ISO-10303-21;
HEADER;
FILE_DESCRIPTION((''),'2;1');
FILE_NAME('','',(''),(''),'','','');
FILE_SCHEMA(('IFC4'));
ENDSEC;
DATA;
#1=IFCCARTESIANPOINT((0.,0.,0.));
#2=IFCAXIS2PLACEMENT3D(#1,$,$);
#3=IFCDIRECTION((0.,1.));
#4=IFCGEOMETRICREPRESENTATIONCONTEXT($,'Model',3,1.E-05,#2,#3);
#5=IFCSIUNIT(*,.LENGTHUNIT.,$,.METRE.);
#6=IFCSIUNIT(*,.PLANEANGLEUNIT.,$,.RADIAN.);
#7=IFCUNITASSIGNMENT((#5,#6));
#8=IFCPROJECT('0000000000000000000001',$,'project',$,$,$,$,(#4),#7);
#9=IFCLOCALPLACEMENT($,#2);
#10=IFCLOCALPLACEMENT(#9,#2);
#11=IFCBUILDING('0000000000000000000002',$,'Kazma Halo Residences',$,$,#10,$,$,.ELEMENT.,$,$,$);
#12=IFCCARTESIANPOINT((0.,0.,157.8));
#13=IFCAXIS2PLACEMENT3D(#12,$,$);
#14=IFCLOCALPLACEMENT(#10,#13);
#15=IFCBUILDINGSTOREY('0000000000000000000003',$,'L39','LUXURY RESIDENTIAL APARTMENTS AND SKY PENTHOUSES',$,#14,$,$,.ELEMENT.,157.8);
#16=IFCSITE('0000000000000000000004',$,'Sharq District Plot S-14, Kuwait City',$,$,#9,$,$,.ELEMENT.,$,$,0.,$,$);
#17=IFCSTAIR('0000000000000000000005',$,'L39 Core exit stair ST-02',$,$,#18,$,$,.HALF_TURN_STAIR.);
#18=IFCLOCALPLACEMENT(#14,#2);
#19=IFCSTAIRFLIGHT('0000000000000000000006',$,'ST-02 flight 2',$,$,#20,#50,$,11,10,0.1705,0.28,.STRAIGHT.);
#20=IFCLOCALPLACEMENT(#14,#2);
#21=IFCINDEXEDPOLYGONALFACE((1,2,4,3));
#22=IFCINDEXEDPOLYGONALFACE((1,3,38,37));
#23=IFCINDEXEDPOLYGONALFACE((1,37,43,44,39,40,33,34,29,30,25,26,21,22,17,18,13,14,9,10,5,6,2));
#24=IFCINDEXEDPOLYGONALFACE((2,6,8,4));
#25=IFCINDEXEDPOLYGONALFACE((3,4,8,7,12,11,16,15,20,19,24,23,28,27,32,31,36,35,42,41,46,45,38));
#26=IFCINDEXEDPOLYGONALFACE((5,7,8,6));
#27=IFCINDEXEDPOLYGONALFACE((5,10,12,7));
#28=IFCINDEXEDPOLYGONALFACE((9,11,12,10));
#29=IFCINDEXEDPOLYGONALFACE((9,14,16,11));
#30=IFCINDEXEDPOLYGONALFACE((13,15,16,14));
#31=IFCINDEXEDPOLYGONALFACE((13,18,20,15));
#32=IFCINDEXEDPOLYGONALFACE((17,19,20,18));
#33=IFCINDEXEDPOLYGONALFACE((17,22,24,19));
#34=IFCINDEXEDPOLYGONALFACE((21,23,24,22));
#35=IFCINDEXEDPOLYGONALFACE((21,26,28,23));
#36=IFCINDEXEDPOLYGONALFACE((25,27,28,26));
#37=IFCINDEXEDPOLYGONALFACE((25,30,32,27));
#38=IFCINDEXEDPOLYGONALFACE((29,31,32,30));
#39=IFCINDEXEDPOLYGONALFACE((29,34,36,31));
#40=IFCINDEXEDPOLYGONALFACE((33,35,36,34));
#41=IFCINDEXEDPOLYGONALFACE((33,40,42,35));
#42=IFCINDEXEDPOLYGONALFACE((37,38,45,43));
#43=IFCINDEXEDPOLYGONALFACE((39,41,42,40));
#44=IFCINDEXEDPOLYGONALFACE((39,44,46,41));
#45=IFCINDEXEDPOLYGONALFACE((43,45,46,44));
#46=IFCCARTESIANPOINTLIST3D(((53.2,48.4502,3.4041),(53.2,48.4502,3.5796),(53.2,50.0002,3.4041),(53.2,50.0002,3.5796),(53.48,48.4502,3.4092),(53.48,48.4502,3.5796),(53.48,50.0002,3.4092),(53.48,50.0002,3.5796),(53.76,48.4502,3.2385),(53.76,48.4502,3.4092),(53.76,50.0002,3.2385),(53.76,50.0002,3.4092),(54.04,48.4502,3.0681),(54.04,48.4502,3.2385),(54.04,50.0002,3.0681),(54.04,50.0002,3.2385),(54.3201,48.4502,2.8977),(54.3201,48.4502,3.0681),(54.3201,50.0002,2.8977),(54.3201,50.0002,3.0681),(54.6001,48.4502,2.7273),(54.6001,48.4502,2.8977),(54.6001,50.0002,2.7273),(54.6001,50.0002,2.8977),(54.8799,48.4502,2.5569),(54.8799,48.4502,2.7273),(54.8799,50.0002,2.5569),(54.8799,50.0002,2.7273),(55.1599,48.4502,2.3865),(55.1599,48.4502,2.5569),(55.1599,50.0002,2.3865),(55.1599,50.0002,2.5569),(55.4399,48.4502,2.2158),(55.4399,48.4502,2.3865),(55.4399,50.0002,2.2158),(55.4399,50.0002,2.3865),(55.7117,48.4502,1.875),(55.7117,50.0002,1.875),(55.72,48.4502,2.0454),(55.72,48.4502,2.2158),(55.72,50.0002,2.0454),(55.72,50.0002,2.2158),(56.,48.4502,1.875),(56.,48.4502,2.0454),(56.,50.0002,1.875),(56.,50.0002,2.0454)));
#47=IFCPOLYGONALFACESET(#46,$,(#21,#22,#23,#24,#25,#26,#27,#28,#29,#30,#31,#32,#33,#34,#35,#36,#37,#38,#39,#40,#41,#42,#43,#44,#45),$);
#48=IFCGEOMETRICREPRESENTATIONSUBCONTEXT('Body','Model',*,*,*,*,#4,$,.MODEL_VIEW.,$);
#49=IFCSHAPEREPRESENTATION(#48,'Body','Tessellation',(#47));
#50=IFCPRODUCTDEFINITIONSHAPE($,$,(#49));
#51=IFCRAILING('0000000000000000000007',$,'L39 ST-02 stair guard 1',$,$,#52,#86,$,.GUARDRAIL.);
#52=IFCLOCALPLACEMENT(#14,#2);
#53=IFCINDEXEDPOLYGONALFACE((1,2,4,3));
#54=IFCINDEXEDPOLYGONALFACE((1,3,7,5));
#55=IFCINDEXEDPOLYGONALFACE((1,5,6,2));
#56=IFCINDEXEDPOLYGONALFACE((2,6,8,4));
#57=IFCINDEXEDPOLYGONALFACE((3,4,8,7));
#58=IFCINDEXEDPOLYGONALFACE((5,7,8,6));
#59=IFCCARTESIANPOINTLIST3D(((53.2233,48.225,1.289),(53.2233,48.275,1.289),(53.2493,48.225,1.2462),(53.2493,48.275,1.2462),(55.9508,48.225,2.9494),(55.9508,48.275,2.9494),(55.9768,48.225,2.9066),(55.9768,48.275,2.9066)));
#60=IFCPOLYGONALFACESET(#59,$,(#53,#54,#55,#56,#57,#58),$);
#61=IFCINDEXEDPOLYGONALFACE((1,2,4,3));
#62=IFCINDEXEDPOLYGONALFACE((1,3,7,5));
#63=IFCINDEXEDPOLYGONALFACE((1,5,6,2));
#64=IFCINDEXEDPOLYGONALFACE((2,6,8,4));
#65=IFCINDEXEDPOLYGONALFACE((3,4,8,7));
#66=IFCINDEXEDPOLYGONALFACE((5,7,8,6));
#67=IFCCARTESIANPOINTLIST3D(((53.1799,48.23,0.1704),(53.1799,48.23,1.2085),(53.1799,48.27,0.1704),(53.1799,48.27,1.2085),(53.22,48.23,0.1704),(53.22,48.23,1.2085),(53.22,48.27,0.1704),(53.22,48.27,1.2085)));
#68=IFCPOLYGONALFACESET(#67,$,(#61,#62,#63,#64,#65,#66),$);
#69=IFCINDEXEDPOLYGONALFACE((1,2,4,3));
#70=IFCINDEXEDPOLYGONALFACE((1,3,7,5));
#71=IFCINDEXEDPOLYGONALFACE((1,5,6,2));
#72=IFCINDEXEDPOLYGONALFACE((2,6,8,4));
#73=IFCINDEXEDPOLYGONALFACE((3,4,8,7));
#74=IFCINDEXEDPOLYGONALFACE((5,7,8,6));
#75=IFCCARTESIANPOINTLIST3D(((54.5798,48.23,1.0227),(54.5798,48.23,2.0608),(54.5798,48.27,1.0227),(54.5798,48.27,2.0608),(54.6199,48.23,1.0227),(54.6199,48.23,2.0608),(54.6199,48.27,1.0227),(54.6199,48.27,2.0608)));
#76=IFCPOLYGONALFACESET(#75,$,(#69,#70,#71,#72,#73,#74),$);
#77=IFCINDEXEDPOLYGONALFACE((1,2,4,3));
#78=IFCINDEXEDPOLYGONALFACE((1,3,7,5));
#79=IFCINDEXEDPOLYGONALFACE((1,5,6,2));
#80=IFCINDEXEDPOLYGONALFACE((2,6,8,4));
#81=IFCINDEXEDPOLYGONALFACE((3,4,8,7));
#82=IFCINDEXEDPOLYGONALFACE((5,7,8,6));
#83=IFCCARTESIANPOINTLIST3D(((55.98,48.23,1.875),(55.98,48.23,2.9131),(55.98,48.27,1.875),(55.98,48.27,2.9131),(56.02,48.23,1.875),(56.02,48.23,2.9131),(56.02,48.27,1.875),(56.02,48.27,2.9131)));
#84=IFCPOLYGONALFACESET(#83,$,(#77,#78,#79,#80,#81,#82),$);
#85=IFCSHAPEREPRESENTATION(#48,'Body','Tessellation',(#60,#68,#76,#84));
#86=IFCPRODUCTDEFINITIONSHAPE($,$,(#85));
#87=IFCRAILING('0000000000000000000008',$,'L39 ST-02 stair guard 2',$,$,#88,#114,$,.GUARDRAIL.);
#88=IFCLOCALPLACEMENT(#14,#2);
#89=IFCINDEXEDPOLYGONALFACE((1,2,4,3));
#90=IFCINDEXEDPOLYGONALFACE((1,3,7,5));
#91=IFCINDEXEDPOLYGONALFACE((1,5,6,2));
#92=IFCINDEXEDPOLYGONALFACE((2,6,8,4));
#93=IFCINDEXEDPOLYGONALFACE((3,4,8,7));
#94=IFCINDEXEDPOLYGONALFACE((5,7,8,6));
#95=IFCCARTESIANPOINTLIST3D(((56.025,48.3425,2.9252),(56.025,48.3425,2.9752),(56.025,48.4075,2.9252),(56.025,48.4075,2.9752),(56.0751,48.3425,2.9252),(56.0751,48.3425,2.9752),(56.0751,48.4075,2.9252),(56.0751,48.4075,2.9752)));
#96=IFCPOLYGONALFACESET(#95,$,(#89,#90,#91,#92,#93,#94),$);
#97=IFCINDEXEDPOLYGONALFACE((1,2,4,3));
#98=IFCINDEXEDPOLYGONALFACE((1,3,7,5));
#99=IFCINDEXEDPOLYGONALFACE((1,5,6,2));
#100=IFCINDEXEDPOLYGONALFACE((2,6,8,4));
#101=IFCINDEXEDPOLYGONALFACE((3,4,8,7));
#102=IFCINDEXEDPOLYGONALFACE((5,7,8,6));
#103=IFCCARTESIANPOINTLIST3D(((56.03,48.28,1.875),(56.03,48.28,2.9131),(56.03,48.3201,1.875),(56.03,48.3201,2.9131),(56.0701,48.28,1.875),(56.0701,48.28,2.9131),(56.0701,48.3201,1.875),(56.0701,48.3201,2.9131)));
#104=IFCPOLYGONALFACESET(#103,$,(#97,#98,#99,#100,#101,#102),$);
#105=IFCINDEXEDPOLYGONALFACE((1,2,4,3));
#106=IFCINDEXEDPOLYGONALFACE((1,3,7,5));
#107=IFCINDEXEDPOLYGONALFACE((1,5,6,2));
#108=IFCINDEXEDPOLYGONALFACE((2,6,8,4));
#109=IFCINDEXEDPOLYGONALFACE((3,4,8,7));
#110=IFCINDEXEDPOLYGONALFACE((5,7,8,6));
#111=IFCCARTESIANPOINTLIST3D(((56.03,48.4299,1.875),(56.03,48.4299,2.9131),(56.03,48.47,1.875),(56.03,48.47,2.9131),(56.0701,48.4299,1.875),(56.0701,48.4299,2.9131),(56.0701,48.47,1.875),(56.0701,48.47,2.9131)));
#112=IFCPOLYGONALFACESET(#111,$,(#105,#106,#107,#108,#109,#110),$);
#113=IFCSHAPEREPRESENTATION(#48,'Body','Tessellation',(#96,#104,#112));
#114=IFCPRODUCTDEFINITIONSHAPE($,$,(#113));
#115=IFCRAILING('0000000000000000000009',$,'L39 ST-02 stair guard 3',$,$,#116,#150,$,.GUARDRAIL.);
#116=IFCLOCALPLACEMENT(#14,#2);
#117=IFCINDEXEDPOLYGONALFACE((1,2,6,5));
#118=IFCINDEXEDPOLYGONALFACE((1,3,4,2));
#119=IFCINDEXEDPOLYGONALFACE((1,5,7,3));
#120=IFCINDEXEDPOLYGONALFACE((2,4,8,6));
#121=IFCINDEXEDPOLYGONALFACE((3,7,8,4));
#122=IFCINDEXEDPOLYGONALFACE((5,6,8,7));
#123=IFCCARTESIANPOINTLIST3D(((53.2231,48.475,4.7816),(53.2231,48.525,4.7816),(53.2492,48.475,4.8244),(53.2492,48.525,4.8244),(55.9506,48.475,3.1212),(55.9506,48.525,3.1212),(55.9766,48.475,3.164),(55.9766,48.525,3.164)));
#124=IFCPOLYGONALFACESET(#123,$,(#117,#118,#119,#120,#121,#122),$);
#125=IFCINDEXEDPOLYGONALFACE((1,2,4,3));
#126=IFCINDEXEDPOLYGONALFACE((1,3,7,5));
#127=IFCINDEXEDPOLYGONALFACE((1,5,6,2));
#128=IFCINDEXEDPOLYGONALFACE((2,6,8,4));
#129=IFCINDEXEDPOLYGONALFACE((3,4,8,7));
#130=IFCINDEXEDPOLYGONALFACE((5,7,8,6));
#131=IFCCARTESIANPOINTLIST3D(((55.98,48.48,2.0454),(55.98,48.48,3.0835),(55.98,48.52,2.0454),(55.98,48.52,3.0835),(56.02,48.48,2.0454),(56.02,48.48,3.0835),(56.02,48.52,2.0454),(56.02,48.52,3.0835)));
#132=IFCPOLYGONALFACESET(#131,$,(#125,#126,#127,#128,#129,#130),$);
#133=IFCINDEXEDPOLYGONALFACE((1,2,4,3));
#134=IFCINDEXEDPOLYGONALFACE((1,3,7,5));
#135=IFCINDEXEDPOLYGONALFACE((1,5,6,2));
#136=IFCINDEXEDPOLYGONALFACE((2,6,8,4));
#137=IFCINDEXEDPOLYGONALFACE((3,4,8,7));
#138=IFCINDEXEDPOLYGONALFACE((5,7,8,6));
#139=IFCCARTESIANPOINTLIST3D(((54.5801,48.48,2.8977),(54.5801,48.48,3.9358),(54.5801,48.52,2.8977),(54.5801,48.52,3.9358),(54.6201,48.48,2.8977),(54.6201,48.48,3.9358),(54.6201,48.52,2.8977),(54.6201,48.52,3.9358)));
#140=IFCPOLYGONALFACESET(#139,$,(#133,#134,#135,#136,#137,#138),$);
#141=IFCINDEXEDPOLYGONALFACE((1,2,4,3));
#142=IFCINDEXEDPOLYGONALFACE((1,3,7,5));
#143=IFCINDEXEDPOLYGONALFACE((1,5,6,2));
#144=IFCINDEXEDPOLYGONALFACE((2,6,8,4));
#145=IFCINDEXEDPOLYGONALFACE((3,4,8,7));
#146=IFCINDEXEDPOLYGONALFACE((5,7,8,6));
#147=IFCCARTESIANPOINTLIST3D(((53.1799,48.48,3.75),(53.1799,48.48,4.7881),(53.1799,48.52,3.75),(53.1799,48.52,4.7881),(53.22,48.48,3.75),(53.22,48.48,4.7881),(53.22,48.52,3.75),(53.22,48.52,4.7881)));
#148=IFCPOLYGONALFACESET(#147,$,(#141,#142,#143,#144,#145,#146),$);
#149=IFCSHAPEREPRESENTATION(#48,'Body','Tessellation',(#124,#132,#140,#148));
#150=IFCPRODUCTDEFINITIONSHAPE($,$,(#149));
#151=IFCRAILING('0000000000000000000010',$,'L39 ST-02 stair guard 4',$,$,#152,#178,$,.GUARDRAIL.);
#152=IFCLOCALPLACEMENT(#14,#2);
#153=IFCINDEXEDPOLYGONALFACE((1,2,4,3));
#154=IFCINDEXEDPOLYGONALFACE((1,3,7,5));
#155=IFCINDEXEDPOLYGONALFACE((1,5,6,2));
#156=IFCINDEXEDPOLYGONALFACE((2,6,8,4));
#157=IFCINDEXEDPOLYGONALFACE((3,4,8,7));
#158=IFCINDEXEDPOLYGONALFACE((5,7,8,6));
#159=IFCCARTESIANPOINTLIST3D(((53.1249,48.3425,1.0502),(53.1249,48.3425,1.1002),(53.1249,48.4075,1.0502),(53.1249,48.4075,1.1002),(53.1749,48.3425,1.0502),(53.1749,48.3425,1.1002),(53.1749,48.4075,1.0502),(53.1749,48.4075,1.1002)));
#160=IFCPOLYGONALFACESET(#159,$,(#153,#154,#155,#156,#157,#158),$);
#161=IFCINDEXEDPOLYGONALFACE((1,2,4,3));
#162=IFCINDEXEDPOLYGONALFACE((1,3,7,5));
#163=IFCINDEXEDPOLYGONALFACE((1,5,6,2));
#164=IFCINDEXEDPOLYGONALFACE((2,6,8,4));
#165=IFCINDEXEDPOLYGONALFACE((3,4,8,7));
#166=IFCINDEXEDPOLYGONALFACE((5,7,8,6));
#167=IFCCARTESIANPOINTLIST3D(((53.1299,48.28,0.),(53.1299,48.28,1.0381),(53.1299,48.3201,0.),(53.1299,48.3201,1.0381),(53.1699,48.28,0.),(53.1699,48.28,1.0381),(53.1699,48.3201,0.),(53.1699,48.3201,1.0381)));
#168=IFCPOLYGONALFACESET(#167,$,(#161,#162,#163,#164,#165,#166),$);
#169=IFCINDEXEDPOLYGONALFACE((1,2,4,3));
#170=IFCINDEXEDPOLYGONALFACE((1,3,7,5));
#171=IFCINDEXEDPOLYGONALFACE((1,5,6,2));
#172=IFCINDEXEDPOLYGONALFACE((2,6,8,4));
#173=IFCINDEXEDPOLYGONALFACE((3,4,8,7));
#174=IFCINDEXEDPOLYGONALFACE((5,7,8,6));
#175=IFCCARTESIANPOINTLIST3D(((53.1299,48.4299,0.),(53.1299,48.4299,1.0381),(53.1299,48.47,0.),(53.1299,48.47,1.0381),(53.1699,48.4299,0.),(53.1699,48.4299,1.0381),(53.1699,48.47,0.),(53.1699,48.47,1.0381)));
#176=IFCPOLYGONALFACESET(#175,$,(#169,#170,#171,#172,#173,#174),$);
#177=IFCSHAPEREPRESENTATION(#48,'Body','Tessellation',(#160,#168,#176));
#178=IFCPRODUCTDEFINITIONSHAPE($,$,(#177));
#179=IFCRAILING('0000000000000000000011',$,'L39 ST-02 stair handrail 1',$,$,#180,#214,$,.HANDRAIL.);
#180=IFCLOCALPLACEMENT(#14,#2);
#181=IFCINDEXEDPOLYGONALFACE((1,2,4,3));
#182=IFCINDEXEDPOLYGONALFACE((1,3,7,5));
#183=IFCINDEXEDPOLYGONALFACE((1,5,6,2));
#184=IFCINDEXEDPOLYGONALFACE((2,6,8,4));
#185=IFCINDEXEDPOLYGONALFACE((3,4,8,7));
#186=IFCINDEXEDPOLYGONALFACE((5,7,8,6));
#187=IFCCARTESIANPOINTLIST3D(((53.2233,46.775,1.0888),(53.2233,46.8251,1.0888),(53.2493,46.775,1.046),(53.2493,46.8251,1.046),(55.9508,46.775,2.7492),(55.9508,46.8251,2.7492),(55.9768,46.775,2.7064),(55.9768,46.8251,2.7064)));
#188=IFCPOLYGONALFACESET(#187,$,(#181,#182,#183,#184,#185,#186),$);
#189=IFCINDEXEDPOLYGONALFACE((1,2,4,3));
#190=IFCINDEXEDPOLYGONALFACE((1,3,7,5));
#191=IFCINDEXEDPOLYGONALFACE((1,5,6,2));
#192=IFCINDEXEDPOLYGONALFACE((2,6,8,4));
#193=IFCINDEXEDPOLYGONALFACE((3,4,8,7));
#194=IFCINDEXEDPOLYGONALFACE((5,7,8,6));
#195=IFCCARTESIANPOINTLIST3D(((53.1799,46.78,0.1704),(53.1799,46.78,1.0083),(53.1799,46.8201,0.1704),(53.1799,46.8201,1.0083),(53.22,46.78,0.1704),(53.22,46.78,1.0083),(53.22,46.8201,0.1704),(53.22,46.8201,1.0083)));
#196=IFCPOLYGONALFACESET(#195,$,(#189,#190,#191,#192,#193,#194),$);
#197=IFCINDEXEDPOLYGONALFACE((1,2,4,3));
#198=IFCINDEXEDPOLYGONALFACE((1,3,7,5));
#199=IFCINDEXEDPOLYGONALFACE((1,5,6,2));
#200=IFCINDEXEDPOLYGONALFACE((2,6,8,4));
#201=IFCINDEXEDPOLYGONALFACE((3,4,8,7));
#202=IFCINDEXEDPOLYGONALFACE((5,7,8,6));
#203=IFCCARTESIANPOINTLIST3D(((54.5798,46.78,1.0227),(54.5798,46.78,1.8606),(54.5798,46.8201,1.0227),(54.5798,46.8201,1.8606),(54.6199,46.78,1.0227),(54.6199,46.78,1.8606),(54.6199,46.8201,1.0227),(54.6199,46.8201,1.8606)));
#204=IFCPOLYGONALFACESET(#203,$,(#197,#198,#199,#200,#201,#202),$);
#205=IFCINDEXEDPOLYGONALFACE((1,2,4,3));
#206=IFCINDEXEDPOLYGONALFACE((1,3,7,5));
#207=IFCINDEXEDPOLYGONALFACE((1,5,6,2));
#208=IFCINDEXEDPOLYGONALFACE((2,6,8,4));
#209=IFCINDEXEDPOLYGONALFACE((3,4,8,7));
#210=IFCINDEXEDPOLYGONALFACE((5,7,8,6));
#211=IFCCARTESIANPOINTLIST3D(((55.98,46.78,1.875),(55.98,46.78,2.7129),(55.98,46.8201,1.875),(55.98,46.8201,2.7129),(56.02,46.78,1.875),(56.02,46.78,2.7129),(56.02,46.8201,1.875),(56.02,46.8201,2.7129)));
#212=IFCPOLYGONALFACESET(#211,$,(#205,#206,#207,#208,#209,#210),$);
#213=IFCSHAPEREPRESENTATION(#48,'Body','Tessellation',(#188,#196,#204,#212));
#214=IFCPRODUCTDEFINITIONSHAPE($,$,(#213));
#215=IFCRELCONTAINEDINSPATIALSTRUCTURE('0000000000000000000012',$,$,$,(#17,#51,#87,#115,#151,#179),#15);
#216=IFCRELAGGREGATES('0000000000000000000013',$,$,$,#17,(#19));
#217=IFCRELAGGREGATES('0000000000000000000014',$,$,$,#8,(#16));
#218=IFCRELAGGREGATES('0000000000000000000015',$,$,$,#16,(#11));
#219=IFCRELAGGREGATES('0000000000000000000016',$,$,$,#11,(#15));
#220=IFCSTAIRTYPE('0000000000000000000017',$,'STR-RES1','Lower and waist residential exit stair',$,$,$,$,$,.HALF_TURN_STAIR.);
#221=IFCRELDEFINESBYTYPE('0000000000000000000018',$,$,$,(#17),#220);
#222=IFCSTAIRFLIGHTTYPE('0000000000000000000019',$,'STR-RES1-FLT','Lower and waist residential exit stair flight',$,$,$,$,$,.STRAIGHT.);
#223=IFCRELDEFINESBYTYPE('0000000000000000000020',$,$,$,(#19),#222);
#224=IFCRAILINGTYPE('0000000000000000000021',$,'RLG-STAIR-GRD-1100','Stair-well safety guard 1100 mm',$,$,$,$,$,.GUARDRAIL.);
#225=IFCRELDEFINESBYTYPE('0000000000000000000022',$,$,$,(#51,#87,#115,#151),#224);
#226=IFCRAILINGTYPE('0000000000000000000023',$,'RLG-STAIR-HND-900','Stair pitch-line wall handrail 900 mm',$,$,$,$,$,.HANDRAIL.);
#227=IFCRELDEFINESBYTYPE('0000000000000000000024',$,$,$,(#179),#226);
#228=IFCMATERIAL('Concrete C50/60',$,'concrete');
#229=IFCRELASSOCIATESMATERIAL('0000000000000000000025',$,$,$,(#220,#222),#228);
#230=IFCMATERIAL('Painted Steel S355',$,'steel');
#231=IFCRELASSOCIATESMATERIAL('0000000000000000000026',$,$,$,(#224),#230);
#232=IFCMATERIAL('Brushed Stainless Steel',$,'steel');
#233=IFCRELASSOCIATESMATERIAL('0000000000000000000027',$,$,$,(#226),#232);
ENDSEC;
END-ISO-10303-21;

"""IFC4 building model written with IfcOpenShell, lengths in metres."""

from ifc_helpers import new_model, si_unit, direction, frame, origin, origin_2d, place, context, subcontext, project, spatial, polyline, rectangle, outline, extrude, material, type_object, element, aggregate, save


model = new_model("IFC4")

# Units and contexts
model_context = context("Model", 3, precision=1e-05, world=origin(), true_north=direction((0.0, 1.0)))
body_context = subcontext(model_context, "Body", "Model", "MODEL_VIEW")
ifc_project = project(units=[si_unit("LENGTHUNIT", "METRE"), si_unit("PLANEANGLEUNIT", "RADIAN")], contexts=[model_context])

# Site, building, storey
site_placement = place(None, origin())
site = spatial("IfcSite", under=ifc_project, at=site_placement, Name="Sharq District Plot S-14, Kuwait City", CompositionType="ELEMENT", RefElevation=0.0)
building_placement = place(site_placement, origin())
building = spatial("IfcBuilding", under=site, at=building_placement, Name="Kazma Halo Residences", CompositionType="ELEMENT")
storey_placement = place(building_placement, frame((0.0, 0.0, 157.8)))
storey = spatial("IfcBuildingStorey", under=building, at=storey_placement, Name="L39", Description="LUXURY RESIDENTIAL APARTMENTS AND SKY PENTHOUSES", CompositionType="ELEMENT", Elevation=157.8)

# Shared definitions
ifc_material_1 = material(Name="Concrete C50/60", Category="concrete")

# Stair, stair flight
stair_type = type_object("IfcStairType", Name="STR-RES1", Description="Lower and waist residential exit stair", PredefinedType="HALF_TURN_STAIR", material=ifc_material_1)
stair_placement = place(storey_placement, origin())
stair = element("IfcStair", 1, at=stair_placement, inside=storey, type_object=stair_type, Name="L39 Core exit stair ST-02", PredefinedType="HALF_TURN_STAIR")
stair_flight_type = type_object("IfcStairFlightType", Name="STR-RES1-FLT", Description="Lower and waist residential exit stair flight", PredefinedType="STRAIGHT", material=ifc_material_1)
stair_flight_1_placement = place(storey_placement, frame((56.0, 49.2251, 1.875), z_axis=(0.0, 0.0, 1.0), x_axis=(-1.0, 0.0, 0.0)))
stair_flight_1 = element("IfcStairFlight", 2, at=stair_flight_1_placement, type_object=stair_flight_type, Name="ST-02 flight 2", NumberOfRisers=11, NumberOfTreads=10, PredefinedType="STRAIGHT", RiserHeight=0.1705, TreadLength=0.28, context=body_context, shape_type="SweptSolid", body=[
    extrude(outline(polyline([(0.0, 0.0), (0.0, 0.1704), (0.28, 0.1704), (0.28, 0.3408), (0.5601, 0.3408), (0.5601, 0.5115), (0.8401, 0.5115), (0.8401, 0.6819), (1.1201, 0.6819), (1.1201, 0.8523), (1.3999, 0.8523), (1.3999, 1.0227), (1.6799, 1.0227), (1.6799, 1.1931), (1.96, 1.1931), (1.96, 1.3635), (2.24, 1.3635), (2.24, 1.5342), (2.52, 1.5342), (2.52, 1.7046), (2.8, 1.7046), (2.8, 1.875), (2.8, 1.5291), (0.2883, 0.0), (0.0, 0.0)])), frame((0.0, 0.7749, 0.0), z_axis=(0.0, -1.0, 0.0), x_axis=(1.0, 0.0, 0.0)), (0.0, 0.0, 1.0), 1.55),
])
aggregate(stair, [stair_flight_1])

# Railings
ifc_material_2 = material(Name="Painted Steel S355", Category="steel")
railing_type_1 = type_object("IfcRailingType", Name="RLG-STAIR-GRD-1100", Description="Stair-well safety guard 1100 mm", PredefinedType="GUARDRAIL", material=ifc_material_2)
railing_1_placement = place(storey_placement, frame((53.2, 48.25, 0.1704)))
element("IfcRailing", 3, at=railing_1_placement, inside=storey, type_object=railing_type_1, Name="L39 ST-02 stair guard 1", PredefinedType="GUARDRAIL", context=body_context, shape_type="SweptSolid", body=[
    extrude(rectangle(XDim=0.05, YDim=0.05, at=origin_2d()), frame((0.0364, 0.0, 1.0972), z_axis=(0.85417, 0.0, 0.519994), x_axis=(0.0, 1.0, 0.0)), (0.0, 0.0, 1.0), 3.1931),
    extrude(rectangle(XDim=0.04, YDim=0.04, at=origin_2d()), origin(), (0.0, 0.0, 1.0), 1.0381),
    extrude(rectangle(XDim=0.04, YDim=0.04, at=origin_2d()), frame((1.3999, 0.0, 0.8523)), (0.0, 0.0, 1.0), 1.0381),
    extrude(rectangle(XDim=0.04, YDim=0.04, at=origin_2d()), frame((2.8, 0.0, 1.7046)), (0.0, 0.0, 1.0), 1.0381),
])
railing_2_placement = place(storey_placement, frame((56.05, 48.3, 1.875)))
element("IfcRailing", 4, at=railing_2_placement, inside=storey, type_object=railing_type_1, Name="L39 ST-02 stair guard 2", PredefinedType="GUARDRAIL", context=body_context, shape_type="SweptSolid", body=[
    extrude(rectangle(XDim=0.05, YDim=0.05, at=origin_2d()), frame((0.0, 0.0425, 1.0752), z_axis=(0.0, 1.0, 0.0), x_axis=(-1.0, 0.0, 0.0)), (0.0, 0.0, 1.0), 0.0649),
    extrude(rectangle(XDim=0.04, YDim=0.04, at=origin_2d()), origin(), (0.0, 0.0, 1.0), 1.0381),
    extrude(rectangle(XDim=0.04, YDim=0.04, at=origin_2d()), frame((0.0, 0.1499, 0.0)), (0.0, 0.0, 1.0), 1.0381),
])
railing_3_placement = place(storey_placement, frame((56.0, 48.5, 2.0454)))
element("IfcRailing", 5, at=railing_3_placement, inside=storey, type_object=railing_type_1, Name="L39 ST-02 stair guard 3", PredefinedType="GUARDRAIL", context=body_context, shape_type="SweptSolid", body=[
    extrude(rectangle(XDim=0.05, YDim=0.05, at=origin_2d()), frame((-0.0364, 0.0, 1.0972), z_axis=(-0.85417, 0.0, 0.519994), x_axis=(0.0, -1.0, 0.0)), (0.0, 0.0, 1.0), 3.1931),
    extrude(rectangle(XDim=0.04, YDim=0.04, at=origin_2d()), origin(), (0.0, 0.0, 1.0), 1.0381),
    extrude(rectangle(XDim=0.04, YDim=0.04, at=origin_2d()), frame((-1.3999, 0.0, 0.8523)), (0.0, 0.0, 1.0), 1.0381),
    extrude(rectangle(XDim=0.04, YDim=0.04, at=origin_2d()), frame((-2.8, 0.0, 1.7046)), (0.0, 0.0, 1.0), 1.0381),
])
railing_4_placement = place(storey_placement, frame((53.1499, 48.3, 0.0)))
element("IfcRailing", 6, at=railing_4_placement, inside=storey, type_object=railing_type_1, Name="L39 ST-02 stair guard 4", PredefinedType="GUARDRAIL", context=body_context, shape_type="SweptSolid", body=[
    extrude(rectangle(XDim=0.05, YDim=0.05, at=origin_2d()), frame((0.0, 0.0425, 1.0752), z_axis=(0.0, 1.0, 0.0), x_axis=(-1.0, 0.0, 0.0)), (0.0, 0.0, 1.0), 0.0649),
    extrude(rectangle(XDim=0.04, YDim=0.04, at=origin_2d()), origin(), (0.0, 0.0, 1.0), 1.0381),
    extrude(rectangle(XDim=0.04, YDim=0.04, at=origin_2d()), frame((0.0, 0.1499, 0.0)), (0.0, 0.0, 1.0), 1.0381),
])
ifc_material_3 = material(Name="Brushed Stainless Steel", Category="steel")
railing_type_2 = type_object("IfcRailingType", Name="RLG-STAIR-HND-900", Description="Stair pitch-line wall handrail 900 mm", PredefinedType="HANDRAIL", material=ifc_material_3)
railing_5_placement = place(storey_placement, frame((53.2, 46.8, 0.1704)))
element("IfcRailing", 7, at=railing_5_placement, inside=storey, type_object=railing_type_2, Name="L39 ST-02 stair handrail 1", PredefinedType="HANDRAIL", context=body_context, shape_type="SweptSolid", body=[
    extrude(rectangle(XDim=0.05, YDim=0.05, at=origin_2d()), frame((0.0364, 0.0, 0.897), z_axis=(0.85417, 0.0, 0.519994), x_axis=(0.0, 1.0, 0.0)), (0.0, 0.0, 1.0), 3.1931),
    extrude(rectangle(XDim=0.04, YDim=0.04, at=origin_2d()), origin(), (0.0, 0.0, 1.0), 0.8379),
    extrude(rectangle(XDim=0.04, YDim=0.04, at=origin_2d()), frame((1.3999, 0.0, 0.8523)), (0.0, 0.0, 1.0), 0.8379),
    extrude(rectangle(XDim=0.04, YDim=0.04, at=origin_2d()), frame((2.8, 0.0, 1.7046)), (0.0, 0.0, 1.0), 0.8379),
])

save(model, "model.ifc")
